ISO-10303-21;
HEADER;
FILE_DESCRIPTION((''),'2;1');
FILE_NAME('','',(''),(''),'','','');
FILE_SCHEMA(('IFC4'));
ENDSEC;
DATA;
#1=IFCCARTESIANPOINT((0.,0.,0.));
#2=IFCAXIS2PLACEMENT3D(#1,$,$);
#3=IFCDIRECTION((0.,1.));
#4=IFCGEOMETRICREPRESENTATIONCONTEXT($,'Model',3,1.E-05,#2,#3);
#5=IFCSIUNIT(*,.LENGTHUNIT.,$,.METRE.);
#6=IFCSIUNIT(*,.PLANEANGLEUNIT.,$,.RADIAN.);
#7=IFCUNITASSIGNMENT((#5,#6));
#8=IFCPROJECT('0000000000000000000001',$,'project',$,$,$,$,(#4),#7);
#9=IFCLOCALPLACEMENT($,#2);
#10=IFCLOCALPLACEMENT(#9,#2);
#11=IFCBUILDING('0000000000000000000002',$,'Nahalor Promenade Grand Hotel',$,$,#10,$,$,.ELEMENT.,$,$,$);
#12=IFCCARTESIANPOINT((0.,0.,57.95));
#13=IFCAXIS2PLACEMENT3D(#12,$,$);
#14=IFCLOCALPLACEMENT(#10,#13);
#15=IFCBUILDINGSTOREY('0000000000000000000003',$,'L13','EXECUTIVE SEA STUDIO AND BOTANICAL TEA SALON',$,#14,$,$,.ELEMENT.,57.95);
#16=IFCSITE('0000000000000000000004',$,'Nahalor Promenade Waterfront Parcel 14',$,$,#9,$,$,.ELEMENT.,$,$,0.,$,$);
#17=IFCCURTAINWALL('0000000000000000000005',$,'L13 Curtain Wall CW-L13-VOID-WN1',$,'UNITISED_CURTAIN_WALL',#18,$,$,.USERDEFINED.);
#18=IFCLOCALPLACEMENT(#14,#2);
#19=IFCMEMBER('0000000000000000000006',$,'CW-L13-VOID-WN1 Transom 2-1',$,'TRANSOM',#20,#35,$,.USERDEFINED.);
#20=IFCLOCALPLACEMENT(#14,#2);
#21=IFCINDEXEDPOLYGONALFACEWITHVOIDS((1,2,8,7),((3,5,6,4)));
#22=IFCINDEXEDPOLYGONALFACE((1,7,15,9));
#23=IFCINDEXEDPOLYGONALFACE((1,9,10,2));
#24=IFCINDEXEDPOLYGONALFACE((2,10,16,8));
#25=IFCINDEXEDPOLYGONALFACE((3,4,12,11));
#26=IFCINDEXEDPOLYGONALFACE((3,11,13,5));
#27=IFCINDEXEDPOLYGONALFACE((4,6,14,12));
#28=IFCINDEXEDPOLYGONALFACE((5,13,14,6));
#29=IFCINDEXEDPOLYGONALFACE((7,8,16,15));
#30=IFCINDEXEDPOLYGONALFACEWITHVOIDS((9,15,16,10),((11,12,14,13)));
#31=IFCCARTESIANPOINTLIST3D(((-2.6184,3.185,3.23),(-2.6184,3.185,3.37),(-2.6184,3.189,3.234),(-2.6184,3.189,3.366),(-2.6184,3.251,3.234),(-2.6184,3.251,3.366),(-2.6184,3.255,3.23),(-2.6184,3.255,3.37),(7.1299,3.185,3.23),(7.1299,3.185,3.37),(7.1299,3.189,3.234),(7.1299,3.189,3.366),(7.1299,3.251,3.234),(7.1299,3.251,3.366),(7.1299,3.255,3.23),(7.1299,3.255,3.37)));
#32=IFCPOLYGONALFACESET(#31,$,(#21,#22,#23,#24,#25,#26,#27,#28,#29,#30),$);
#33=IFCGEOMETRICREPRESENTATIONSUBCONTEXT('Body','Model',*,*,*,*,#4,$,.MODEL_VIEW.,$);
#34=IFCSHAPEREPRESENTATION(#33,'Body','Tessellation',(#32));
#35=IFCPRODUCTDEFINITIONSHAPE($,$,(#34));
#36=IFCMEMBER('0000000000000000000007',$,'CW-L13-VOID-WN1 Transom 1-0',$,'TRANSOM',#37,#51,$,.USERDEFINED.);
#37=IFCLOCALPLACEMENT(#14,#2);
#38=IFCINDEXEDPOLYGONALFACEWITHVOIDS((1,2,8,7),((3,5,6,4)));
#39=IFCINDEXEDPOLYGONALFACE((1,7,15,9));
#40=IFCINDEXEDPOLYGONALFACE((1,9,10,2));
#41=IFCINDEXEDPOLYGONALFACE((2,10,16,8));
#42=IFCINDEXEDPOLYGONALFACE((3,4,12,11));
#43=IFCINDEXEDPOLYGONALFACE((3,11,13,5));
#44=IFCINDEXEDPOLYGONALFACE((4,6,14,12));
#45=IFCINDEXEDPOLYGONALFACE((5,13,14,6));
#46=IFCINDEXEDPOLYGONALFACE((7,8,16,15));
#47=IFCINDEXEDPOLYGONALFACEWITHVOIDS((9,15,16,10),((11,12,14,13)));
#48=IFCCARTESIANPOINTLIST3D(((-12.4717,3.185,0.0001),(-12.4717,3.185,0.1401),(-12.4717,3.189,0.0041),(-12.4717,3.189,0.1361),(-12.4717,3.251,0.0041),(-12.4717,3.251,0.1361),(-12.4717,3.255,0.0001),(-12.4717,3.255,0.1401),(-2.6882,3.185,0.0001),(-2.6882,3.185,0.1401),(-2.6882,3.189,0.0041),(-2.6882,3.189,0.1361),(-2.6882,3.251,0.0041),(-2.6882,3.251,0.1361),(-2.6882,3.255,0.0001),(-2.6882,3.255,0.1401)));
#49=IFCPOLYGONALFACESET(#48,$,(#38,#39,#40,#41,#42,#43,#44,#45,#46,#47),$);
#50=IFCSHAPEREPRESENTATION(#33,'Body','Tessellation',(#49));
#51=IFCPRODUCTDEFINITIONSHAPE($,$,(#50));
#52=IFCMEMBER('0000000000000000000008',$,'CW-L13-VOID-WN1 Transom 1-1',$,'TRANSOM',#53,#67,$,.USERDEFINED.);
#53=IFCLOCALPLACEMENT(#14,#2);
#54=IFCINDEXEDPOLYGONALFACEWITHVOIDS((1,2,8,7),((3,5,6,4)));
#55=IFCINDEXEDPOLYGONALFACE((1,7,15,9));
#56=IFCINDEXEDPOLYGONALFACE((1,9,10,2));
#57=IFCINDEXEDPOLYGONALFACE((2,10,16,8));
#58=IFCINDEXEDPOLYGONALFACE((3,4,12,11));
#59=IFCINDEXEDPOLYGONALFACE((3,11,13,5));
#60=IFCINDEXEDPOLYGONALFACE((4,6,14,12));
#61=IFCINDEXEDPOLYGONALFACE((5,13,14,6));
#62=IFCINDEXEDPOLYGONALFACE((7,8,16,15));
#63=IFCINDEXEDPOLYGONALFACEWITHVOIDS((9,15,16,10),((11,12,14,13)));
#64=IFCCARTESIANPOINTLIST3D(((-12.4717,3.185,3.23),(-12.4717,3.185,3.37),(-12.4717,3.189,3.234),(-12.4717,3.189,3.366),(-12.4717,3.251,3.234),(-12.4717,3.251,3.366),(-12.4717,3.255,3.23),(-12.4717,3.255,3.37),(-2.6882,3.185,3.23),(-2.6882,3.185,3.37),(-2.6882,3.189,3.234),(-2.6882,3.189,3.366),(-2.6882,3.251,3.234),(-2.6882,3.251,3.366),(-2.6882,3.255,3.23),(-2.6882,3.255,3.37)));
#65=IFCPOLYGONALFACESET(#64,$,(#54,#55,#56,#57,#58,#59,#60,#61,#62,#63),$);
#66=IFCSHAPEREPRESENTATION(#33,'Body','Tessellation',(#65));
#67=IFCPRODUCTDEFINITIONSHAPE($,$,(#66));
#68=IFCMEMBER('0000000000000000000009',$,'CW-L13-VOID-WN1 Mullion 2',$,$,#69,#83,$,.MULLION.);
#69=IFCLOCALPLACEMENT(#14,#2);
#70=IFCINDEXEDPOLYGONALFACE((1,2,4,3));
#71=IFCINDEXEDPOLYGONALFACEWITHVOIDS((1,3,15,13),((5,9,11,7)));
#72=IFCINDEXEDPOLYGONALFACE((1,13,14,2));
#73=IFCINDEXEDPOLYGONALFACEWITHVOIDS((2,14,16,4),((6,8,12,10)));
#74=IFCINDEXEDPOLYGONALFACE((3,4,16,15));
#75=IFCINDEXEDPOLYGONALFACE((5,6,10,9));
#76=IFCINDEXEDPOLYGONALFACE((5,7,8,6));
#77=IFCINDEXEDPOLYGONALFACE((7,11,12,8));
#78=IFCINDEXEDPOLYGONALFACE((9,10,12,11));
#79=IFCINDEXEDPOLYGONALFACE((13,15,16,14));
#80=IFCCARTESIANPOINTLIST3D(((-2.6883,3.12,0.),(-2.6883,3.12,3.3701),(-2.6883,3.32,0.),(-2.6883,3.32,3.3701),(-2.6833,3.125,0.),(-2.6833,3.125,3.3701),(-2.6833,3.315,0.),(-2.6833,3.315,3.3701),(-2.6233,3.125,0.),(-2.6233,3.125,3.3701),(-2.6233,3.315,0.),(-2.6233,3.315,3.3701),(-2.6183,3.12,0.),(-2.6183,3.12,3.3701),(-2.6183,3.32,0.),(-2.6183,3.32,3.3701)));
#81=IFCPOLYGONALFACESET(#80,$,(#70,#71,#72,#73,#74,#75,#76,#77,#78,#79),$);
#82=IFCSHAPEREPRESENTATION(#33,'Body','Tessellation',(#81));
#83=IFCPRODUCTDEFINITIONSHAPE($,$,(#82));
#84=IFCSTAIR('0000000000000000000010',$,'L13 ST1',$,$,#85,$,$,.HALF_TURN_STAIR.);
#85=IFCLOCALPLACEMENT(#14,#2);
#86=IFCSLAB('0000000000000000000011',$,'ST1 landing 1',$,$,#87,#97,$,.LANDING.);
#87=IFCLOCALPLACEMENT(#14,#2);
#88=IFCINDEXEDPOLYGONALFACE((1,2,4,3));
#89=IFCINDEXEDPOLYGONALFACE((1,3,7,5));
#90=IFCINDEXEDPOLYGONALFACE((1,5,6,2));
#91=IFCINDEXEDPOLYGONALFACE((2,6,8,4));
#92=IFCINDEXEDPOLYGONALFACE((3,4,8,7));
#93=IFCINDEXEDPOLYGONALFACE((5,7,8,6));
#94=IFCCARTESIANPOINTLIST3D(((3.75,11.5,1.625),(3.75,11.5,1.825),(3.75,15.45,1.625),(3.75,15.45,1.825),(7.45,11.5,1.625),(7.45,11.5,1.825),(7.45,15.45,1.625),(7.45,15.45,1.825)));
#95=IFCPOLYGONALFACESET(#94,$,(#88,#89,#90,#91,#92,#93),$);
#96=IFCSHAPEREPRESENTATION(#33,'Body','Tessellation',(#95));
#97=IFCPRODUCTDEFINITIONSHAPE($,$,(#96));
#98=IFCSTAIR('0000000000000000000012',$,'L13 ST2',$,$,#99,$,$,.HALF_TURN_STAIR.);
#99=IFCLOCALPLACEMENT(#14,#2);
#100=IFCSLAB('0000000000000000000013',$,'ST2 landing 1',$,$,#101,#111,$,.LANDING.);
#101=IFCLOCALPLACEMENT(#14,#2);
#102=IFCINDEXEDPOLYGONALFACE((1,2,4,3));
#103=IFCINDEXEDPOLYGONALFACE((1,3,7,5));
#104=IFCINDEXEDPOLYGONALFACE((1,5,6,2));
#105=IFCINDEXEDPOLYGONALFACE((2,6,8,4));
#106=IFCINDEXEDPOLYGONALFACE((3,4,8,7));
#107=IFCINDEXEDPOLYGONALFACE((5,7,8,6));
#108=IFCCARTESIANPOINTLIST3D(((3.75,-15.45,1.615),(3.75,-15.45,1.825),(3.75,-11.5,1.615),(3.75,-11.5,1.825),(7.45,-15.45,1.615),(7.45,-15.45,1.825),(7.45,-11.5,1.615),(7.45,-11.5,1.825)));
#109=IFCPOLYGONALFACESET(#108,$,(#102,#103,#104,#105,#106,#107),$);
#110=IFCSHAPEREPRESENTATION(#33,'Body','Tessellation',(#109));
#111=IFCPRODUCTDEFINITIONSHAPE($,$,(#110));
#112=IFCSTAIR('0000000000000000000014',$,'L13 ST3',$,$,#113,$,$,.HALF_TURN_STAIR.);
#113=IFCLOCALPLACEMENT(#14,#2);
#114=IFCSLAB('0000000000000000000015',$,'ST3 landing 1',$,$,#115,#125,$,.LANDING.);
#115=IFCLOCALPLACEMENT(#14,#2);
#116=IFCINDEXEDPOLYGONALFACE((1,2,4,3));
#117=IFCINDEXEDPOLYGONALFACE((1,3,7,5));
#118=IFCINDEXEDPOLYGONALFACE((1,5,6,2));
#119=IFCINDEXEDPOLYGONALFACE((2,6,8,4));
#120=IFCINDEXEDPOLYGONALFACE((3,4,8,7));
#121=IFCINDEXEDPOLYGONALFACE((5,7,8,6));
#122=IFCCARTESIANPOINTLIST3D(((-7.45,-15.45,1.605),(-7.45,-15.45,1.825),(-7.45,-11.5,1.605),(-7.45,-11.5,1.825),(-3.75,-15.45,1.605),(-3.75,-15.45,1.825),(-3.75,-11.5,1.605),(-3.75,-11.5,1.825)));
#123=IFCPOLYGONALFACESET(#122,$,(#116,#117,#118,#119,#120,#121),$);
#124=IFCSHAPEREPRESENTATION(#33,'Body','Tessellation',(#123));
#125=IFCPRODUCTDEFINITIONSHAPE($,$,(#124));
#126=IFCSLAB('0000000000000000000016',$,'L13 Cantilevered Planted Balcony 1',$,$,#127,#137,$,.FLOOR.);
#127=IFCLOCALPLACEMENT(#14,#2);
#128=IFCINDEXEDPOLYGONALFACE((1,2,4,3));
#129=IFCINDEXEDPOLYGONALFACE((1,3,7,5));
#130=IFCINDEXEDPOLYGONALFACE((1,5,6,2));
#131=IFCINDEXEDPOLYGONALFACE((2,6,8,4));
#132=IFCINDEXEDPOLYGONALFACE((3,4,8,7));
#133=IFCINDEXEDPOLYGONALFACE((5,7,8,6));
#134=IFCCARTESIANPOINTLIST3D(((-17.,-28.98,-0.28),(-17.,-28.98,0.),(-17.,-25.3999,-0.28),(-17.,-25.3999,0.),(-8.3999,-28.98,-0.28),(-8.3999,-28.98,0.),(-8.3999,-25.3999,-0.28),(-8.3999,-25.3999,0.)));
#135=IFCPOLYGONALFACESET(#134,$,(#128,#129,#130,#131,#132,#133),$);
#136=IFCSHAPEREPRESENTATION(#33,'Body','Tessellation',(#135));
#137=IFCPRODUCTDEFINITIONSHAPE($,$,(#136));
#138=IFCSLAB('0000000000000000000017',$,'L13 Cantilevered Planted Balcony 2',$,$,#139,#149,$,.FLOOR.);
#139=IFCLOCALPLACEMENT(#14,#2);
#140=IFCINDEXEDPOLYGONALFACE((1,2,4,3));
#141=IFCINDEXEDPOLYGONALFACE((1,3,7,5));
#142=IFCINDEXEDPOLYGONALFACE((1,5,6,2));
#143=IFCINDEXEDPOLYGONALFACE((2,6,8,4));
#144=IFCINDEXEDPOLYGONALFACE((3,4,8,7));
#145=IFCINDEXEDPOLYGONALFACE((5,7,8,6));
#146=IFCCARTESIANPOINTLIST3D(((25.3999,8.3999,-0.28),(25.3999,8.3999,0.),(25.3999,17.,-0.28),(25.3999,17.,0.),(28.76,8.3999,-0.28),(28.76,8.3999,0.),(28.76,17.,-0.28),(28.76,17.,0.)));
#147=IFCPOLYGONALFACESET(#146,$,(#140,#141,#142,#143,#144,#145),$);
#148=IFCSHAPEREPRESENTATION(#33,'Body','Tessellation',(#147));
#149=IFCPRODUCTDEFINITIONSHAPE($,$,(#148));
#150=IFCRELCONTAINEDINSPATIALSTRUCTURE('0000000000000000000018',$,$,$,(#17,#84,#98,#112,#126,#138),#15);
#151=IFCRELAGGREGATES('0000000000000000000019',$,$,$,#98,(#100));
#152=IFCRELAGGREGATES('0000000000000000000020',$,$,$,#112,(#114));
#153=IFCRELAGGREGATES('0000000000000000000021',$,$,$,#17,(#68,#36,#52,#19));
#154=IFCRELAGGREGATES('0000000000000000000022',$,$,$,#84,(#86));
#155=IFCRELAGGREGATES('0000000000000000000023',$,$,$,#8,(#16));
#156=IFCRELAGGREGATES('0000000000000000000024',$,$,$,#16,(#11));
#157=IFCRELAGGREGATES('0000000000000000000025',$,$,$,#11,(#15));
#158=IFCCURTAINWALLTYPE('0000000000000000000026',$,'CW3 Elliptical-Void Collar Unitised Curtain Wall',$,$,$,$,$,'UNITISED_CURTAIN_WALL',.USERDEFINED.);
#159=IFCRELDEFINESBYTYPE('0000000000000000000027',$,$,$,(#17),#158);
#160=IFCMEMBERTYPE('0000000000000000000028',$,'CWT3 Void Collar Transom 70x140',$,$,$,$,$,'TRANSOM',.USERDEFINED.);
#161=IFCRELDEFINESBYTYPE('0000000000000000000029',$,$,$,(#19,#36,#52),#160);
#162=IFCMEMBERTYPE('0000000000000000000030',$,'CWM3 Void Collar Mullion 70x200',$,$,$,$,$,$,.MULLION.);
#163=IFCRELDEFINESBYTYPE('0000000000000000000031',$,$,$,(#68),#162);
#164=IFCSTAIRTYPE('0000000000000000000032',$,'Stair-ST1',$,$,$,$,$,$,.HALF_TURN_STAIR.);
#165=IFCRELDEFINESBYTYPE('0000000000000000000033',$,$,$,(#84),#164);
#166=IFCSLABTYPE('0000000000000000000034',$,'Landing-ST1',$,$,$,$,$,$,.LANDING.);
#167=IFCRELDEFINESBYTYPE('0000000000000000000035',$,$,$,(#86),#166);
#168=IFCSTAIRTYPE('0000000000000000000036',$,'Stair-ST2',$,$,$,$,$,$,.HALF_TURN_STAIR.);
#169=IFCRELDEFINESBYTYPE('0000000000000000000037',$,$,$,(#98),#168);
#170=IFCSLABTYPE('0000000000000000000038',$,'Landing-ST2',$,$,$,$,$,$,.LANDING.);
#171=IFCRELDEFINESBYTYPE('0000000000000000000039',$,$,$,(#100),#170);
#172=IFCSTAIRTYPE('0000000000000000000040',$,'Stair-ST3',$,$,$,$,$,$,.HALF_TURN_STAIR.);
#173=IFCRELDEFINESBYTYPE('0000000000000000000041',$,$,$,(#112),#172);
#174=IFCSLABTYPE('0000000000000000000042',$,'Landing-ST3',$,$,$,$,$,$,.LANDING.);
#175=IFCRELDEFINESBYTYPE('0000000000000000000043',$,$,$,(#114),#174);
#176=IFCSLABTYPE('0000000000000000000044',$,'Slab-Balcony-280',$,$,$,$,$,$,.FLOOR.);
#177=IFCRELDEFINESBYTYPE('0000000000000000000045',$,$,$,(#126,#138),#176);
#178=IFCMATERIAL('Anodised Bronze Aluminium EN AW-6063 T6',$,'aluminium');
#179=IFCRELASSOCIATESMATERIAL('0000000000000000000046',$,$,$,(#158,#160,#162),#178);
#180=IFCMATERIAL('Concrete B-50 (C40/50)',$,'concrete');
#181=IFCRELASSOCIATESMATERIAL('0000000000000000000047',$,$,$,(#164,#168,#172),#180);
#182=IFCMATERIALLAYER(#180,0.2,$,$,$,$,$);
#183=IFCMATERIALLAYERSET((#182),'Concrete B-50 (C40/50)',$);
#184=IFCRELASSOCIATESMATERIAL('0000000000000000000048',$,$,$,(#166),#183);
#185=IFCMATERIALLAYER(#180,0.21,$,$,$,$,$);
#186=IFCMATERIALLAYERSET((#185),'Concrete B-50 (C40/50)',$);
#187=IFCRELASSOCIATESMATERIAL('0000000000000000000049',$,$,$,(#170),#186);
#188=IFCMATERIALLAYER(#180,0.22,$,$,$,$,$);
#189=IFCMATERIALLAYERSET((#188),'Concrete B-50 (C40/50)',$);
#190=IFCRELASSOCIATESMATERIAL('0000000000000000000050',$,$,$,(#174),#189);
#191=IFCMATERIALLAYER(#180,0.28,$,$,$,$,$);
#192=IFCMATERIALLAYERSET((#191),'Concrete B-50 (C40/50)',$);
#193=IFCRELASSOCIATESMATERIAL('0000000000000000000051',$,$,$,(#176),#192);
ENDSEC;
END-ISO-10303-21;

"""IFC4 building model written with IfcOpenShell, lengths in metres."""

from ifc_helpers import new_model, si_unit, direction, frame, origin, origin_2d, place, context, subcontext, project, spatial, polyline, hollow_rectangle, outline, extrude, source, transform, mapped, material, layer, layer_set, material_profile, profile_set, type_object, element, aggregate, save


model = new_model("IFC4")

# Units and contexts
model_context = context("Model", 3, precision=1e-05, world=origin(), true_north=direction((0.0, 1.0)))
body_context = subcontext(model_context, "Body", "Model", "MODEL_VIEW")
ifc_project = project(units=[si_unit("LENGTHUNIT", "METRE"), si_unit("PLANEANGLEUNIT", "RADIAN")], contexts=[model_context])

# Site, building, storey
site_placement = place(None, origin())
site = spatial("IfcSite", under=ifc_project, at=site_placement, Name="Nahalor Promenade Waterfront Parcel 14", CompositionType="ELEMENT", RefElevation=0.0)
building_placement = place(site_placement, origin())
building = spatial("IfcBuilding", under=site, at=building_placement, Name="Nahalor Promenade Grand Hotel", CompositionType="ELEMENT")
storey_placement = place(building_placement, frame((0.0, 0.0, 57.95)))
storey = spatial("IfcBuildingStorey", under=building, at=storey_placement, Name="L13", Description="EXECUTIVE SEA STUDIO AND BOTANICAL TEA SALON", CompositionType="ELEMENT", Elevation=57.95)

# Curtain wall, members
ifc_material_1 = material(Name="Anodised Bronze Aluminium EN AW-6063 T6", Category="aluminium")
curtain_wall_type = type_object("IfcCurtainWallType", Name="CW3 Elliptical-Void Collar Unitised Curtain Wall", ElementType="UNITISED_CURTAIN_WALL", PredefinedType="USERDEFINED", material=ifc_material_1)
curtain_wall_placement = place(storey_placement, origin())
curtain_wall = element("IfcCurtainWall", 1, at=curtain_wall_placement, inside=storey, type_object=curtain_wall_type, Name="L13 Curtain Wall CW-L13-VOID-WN1", ObjectType="UNITISED_CURTAIN_WALL", PredefinedType="USERDEFINED")
ifc_material_profile_1 = material_profile(ifc_material_1, hollow_rectangle(XDim=0.07, YDim=0.14, WallThickness=0.004, at=origin_2d()), Name="CWT 70x140x4")
ifc_profile_set_1 = profile_set([ifc_material_profile_1], Name="Anodised Bronze Aluminium EN AW-6063 T6")
member_type_1 = type_object("IfcMemberType", Name="CWT3 Void Collar Transom 70x140", ElementType="TRANSOM", PredefinedType="USERDEFINED", material=ifc_profile_set_1)
shared_shape_1 = source(origin(), body_context, "Body", "SweptSolid", [
    extrude(hollow_rectangle(XDim=0.07, YDim=0.14, WallThickness=0.004, at=origin_2d()), origin(), (0.0, 0.0, 1.0), 9.7483),
])
member_1_placement = place(storey_placement, frame((-2.6184, 3.22, 3.3), z_axis=(1.0, 0.0, 0.0), x_axis=(0.0, 1.0, 0.0)))
member_1 = element("IfcMember", 2, at=member_1_placement, type_object=member_type_1, Name="CW-L13-VOID-WN1 Transom 2-1", ObjectType="TRANSOM", PredefinedType="USERDEFINED", context=body_context, shape_type="MappedRepresentation", body=[
    mapped(shared_shape_1, transform((0.0, 0.0, 0.0), scale=1.0)),
])
shared_shape_2 = source(origin(), body_context, "Body", "SweptSolid", [
    extrude(hollow_rectangle(XDim=0.07, YDim=0.14, WallThickness=0.004, at=origin_2d()), origin(), (0.0, 0.0, 1.0), 9.7834),
])
member_2_placement = place(storey_placement, frame((-12.4717, 3.22, 0.0701), z_axis=(1.0, 0.0, 0.0), x_axis=(0.0, 1.0, 0.0)))
member_2 = element("IfcMember", 3, at=member_2_placement, type_object=member_type_1, Name="CW-L13-VOID-WN1 Transom 1-0", ObjectType="TRANSOM", PredefinedType="USERDEFINED", context=body_context, shape_type="MappedRepresentation", body=[
    mapped(shared_shape_2, transform((0.0, 0.0, 0.0), scale=1.0)),
])
member_3_placement = place(storey_placement, frame((-12.4717, 3.22, 3.3), z_axis=(1.0, 0.0, 0.0), x_axis=(0.0, 1.0, 0.0)))
member_3 = element("IfcMember", 4, at=member_3_placement, type_object=member_type_1, Name="CW-L13-VOID-WN1 Transom 1-1", ObjectType="TRANSOM", PredefinedType="USERDEFINED", context=body_context, shape_type="MappedRepresentation", body=[
    mapped(shared_shape_2, transform((0.0, 0.0, 0.0), scale=1.0)),
])
ifc_material_profile_2 = material_profile(ifc_material_1, hollow_rectangle(XDim=0.07, YDim=0.2, WallThickness=0.005, at=origin_2d()), Name="CWM 70x200x5")
ifc_profile_set_2 = profile_set([ifc_material_profile_2], Name="Anodised Bronze Aluminium EN AW-6063 T6")
member_type_2 = type_object("IfcMemberType", Name="CWM3 Void Collar Mullion 70x200", PredefinedType="MULLION", material=ifc_profile_set_2)
shared_shape_3 = source(origin(), body_context, "Body", "SweptSolid", [
    extrude(hollow_rectangle(XDim=0.07, YDim=0.2, WallThickness=0.005, at=origin_2d()), origin(), (0.0, 0.0, 1.0), 3.3701),
])
member_4_placement = place(storey_placement, frame((-2.6533, 3.22, 0.0), z_axis=(0.0, 0.0, 1.0), x_axis=(1.0, 0.0, 0.0)))
member_4 = element("IfcMember", 5, at=member_4_placement, type_object=member_type_2, Name="CW-L13-VOID-WN1 Mullion 2", PredefinedType="MULLION", context=body_context, shape_type="MappedRepresentation", body=[
    mapped(shared_shape_3, transform((0.0, 0.0, 0.0), scale=1.0)),
])

# Stairs, slabs
ifc_material_2 = material(Name="Concrete B-50 (C40/50)", Category="concrete")
stair_type_1 = type_object("IfcStairType", Name="Stair-ST1", PredefinedType="HALF_TURN_STAIR", material=ifc_material_2)
stair_1_placement = place(storey_placement, origin())
stair_1 = element("IfcStair", 6, at=stair_1_placement, inside=storey, type_object=stair_type_1, Name="L13 ST1", PredefinedType="HALF_TURN_STAIR")
ifc_layer_1 = layer(ifc_material_2, 0.2)
ifc_layer_set_1 = layer_set([ifc_layer_1], Name="Concrete B-50 (C40/50)")
slab_type_1 = type_object("IfcSlabType", Name="Landing-ST1", PredefinedType="LANDING", material=ifc_layer_set_1)
slab_1_placement = place(storey_placement, frame((0.0, 0.0, 1.625)))
slab_1 = element("IfcSlab", 7, at=slab_1_placement, type_object=slab_type_1, Name="ST1 landing 1", PredefinedType="LANDING", context=body_context, shape_type="SweptSolid", body=[
    extrude(outline(polyline([(7.45, 11.5), (7.45, 15.45), (3.75, 15.45), (3.75, 11.5), (7.45, 11.5)])), origin(), (0.0, 0.0, 1.0), 0.2),
])
stair_type_2 = type_object("IfcStairType", Name="Stair-ST2", PredefinedType="HALF_TURN_STAIR", material=ifc_material_2)
stair_2_placement = place(storey_placement, origin())
stair_2 = element("IfcStair", 8, at=stair_2_placement, inside=storey, type_object=stair_type_2, Name="L13 ST2", PredefinedType="HALF_TURN_STAIR")
ifc_layer_2 = layer(ifc_material_2, 0.21)
ifc_layer_set_2 = layer_set([ifc_layer_2], Name="Concrete B-50 (C40/50)")
slab_type_2 = type_object("IfcSlabType", Name="Landing-ST2", PredefinedType="LANDING", material=ifc_layer_set_2)
slab_2_placement = place(storey_placement, frame((0.0, 0.0, 1.615)))
slab_2 = element("IfcSlab", 9, at=slab_2_placement, type_object=slab_type_2, Name="ST2 landing 1", PredefinedType="LANDING", context=body_context, shape_type="SweptSolid", body=[
    extrude(outline(polyline([(3.75, -11.5), (3.75, -15.45), (7.45, -15.45), (7.45, -11.5), (3.75, -11.5)])), origin(), (0.0, 0.0, 1.0), 0.21),
])
aggregate(stair_2, [slab_2])
stair_type_3 = type_object("IfcStairType", Name="Stair-ST3", PredefinedType="HALF_TURN_STAIR", material=ifc_material_2)
stair_3_placement = place(storey_placement, origin())
stair_3 = element("IfcStair", 10, at=stair_3_placement, inside=storey, type_object=stair_type_3, Name="L13 ST3", PredefinedType="HALF_TURN_STAIR")
ifc_layer_3 = layer(ifc_material_2, 0.22)
ifc_layer_set_3 = layer_set([ifc_layer_3], Name="Concrete B-50 (C40/50)")
slab_type_3 = type_object("IfcSlabType", Name="Landing-ST3", PredefinedType="LANDING", material=ifc_layer_set_3)
slab_3_placement = place(storey_placement, frame((0.0, 0.0, 1.605)))
slab_3 = element("IfcSlab", 11, at=slab_3_placement, type_object=slab_type_3, Name="ST3 landing 1", PredefinedType="LANDING", context=body_context, shape_type="SweptSolid", body=[
    extrude(outline(polyline([(-7.45, -11.5), (-7.45, -15.45), (-3.75, -15.45), (-3.75, -11.5), (-7.45, -11.5)])), origin(), (0.0, 0.0, 1.0), 0.22),
])
aggregate(stair_3, [slab_3])

# Slabs
ifc_layer_4 = layer(ifc_material_2, 0.28)
ifc_layer_set_4 = layer_set([ifc_layer_4], Name="Concrete B-50 (C40/50)")
slab_type_4 = type_object("IfcSlabType", Name="Slab-Balcony-280", PredefinedType="FLOOR", material=ifc_layer_set_4)
slab_4_placement = place(storey_placement, frame((0.0, 0.0, -0.28)))
element("IfcSlab", 12, at=slab_4_placement, inside=storey, type_object=slab_type_4, Name="L13 Cantilevered Planted Balcony 1", PredefinedType="FLOOR", context=body_context, shape_type="SweptSolid", body=[
    extrude(outline(polyline([(-17.0, -28.98), (-8.3999, -28.98), (-8.3999, -25.3999), (-17.0, -25.3999), (-17.0, -28.98)])), origin(), (0.0, 0.0, 1.0), 0.28),
])
slab_5_placement = place(storey_placement, frame((0.0, 0.0, -0.28)))
element("IfcSlab", 13, at=slab_5_placement, inside=storey, type_object=slab_type_4, Name="L13 Cantilevered Planted Balcony 2", PredefinedType="FLOOR", context=body_context, shape_type="SweptSolid", body=[
    extrude(outline(polyline([(25.3999, 8.3999), (28.76, 8.3999), (28.76, 17.0), (25.3999, 17.0), (25.3999, 8.3999)])), origin(), (0.0, 0.0, 1.0), 0.28),
])

aggregate(curtain_wall, [member_4, member_2, member_3, member_1])

aggregate(stair_1, [slab_1])

save(model, "model.ifc")
